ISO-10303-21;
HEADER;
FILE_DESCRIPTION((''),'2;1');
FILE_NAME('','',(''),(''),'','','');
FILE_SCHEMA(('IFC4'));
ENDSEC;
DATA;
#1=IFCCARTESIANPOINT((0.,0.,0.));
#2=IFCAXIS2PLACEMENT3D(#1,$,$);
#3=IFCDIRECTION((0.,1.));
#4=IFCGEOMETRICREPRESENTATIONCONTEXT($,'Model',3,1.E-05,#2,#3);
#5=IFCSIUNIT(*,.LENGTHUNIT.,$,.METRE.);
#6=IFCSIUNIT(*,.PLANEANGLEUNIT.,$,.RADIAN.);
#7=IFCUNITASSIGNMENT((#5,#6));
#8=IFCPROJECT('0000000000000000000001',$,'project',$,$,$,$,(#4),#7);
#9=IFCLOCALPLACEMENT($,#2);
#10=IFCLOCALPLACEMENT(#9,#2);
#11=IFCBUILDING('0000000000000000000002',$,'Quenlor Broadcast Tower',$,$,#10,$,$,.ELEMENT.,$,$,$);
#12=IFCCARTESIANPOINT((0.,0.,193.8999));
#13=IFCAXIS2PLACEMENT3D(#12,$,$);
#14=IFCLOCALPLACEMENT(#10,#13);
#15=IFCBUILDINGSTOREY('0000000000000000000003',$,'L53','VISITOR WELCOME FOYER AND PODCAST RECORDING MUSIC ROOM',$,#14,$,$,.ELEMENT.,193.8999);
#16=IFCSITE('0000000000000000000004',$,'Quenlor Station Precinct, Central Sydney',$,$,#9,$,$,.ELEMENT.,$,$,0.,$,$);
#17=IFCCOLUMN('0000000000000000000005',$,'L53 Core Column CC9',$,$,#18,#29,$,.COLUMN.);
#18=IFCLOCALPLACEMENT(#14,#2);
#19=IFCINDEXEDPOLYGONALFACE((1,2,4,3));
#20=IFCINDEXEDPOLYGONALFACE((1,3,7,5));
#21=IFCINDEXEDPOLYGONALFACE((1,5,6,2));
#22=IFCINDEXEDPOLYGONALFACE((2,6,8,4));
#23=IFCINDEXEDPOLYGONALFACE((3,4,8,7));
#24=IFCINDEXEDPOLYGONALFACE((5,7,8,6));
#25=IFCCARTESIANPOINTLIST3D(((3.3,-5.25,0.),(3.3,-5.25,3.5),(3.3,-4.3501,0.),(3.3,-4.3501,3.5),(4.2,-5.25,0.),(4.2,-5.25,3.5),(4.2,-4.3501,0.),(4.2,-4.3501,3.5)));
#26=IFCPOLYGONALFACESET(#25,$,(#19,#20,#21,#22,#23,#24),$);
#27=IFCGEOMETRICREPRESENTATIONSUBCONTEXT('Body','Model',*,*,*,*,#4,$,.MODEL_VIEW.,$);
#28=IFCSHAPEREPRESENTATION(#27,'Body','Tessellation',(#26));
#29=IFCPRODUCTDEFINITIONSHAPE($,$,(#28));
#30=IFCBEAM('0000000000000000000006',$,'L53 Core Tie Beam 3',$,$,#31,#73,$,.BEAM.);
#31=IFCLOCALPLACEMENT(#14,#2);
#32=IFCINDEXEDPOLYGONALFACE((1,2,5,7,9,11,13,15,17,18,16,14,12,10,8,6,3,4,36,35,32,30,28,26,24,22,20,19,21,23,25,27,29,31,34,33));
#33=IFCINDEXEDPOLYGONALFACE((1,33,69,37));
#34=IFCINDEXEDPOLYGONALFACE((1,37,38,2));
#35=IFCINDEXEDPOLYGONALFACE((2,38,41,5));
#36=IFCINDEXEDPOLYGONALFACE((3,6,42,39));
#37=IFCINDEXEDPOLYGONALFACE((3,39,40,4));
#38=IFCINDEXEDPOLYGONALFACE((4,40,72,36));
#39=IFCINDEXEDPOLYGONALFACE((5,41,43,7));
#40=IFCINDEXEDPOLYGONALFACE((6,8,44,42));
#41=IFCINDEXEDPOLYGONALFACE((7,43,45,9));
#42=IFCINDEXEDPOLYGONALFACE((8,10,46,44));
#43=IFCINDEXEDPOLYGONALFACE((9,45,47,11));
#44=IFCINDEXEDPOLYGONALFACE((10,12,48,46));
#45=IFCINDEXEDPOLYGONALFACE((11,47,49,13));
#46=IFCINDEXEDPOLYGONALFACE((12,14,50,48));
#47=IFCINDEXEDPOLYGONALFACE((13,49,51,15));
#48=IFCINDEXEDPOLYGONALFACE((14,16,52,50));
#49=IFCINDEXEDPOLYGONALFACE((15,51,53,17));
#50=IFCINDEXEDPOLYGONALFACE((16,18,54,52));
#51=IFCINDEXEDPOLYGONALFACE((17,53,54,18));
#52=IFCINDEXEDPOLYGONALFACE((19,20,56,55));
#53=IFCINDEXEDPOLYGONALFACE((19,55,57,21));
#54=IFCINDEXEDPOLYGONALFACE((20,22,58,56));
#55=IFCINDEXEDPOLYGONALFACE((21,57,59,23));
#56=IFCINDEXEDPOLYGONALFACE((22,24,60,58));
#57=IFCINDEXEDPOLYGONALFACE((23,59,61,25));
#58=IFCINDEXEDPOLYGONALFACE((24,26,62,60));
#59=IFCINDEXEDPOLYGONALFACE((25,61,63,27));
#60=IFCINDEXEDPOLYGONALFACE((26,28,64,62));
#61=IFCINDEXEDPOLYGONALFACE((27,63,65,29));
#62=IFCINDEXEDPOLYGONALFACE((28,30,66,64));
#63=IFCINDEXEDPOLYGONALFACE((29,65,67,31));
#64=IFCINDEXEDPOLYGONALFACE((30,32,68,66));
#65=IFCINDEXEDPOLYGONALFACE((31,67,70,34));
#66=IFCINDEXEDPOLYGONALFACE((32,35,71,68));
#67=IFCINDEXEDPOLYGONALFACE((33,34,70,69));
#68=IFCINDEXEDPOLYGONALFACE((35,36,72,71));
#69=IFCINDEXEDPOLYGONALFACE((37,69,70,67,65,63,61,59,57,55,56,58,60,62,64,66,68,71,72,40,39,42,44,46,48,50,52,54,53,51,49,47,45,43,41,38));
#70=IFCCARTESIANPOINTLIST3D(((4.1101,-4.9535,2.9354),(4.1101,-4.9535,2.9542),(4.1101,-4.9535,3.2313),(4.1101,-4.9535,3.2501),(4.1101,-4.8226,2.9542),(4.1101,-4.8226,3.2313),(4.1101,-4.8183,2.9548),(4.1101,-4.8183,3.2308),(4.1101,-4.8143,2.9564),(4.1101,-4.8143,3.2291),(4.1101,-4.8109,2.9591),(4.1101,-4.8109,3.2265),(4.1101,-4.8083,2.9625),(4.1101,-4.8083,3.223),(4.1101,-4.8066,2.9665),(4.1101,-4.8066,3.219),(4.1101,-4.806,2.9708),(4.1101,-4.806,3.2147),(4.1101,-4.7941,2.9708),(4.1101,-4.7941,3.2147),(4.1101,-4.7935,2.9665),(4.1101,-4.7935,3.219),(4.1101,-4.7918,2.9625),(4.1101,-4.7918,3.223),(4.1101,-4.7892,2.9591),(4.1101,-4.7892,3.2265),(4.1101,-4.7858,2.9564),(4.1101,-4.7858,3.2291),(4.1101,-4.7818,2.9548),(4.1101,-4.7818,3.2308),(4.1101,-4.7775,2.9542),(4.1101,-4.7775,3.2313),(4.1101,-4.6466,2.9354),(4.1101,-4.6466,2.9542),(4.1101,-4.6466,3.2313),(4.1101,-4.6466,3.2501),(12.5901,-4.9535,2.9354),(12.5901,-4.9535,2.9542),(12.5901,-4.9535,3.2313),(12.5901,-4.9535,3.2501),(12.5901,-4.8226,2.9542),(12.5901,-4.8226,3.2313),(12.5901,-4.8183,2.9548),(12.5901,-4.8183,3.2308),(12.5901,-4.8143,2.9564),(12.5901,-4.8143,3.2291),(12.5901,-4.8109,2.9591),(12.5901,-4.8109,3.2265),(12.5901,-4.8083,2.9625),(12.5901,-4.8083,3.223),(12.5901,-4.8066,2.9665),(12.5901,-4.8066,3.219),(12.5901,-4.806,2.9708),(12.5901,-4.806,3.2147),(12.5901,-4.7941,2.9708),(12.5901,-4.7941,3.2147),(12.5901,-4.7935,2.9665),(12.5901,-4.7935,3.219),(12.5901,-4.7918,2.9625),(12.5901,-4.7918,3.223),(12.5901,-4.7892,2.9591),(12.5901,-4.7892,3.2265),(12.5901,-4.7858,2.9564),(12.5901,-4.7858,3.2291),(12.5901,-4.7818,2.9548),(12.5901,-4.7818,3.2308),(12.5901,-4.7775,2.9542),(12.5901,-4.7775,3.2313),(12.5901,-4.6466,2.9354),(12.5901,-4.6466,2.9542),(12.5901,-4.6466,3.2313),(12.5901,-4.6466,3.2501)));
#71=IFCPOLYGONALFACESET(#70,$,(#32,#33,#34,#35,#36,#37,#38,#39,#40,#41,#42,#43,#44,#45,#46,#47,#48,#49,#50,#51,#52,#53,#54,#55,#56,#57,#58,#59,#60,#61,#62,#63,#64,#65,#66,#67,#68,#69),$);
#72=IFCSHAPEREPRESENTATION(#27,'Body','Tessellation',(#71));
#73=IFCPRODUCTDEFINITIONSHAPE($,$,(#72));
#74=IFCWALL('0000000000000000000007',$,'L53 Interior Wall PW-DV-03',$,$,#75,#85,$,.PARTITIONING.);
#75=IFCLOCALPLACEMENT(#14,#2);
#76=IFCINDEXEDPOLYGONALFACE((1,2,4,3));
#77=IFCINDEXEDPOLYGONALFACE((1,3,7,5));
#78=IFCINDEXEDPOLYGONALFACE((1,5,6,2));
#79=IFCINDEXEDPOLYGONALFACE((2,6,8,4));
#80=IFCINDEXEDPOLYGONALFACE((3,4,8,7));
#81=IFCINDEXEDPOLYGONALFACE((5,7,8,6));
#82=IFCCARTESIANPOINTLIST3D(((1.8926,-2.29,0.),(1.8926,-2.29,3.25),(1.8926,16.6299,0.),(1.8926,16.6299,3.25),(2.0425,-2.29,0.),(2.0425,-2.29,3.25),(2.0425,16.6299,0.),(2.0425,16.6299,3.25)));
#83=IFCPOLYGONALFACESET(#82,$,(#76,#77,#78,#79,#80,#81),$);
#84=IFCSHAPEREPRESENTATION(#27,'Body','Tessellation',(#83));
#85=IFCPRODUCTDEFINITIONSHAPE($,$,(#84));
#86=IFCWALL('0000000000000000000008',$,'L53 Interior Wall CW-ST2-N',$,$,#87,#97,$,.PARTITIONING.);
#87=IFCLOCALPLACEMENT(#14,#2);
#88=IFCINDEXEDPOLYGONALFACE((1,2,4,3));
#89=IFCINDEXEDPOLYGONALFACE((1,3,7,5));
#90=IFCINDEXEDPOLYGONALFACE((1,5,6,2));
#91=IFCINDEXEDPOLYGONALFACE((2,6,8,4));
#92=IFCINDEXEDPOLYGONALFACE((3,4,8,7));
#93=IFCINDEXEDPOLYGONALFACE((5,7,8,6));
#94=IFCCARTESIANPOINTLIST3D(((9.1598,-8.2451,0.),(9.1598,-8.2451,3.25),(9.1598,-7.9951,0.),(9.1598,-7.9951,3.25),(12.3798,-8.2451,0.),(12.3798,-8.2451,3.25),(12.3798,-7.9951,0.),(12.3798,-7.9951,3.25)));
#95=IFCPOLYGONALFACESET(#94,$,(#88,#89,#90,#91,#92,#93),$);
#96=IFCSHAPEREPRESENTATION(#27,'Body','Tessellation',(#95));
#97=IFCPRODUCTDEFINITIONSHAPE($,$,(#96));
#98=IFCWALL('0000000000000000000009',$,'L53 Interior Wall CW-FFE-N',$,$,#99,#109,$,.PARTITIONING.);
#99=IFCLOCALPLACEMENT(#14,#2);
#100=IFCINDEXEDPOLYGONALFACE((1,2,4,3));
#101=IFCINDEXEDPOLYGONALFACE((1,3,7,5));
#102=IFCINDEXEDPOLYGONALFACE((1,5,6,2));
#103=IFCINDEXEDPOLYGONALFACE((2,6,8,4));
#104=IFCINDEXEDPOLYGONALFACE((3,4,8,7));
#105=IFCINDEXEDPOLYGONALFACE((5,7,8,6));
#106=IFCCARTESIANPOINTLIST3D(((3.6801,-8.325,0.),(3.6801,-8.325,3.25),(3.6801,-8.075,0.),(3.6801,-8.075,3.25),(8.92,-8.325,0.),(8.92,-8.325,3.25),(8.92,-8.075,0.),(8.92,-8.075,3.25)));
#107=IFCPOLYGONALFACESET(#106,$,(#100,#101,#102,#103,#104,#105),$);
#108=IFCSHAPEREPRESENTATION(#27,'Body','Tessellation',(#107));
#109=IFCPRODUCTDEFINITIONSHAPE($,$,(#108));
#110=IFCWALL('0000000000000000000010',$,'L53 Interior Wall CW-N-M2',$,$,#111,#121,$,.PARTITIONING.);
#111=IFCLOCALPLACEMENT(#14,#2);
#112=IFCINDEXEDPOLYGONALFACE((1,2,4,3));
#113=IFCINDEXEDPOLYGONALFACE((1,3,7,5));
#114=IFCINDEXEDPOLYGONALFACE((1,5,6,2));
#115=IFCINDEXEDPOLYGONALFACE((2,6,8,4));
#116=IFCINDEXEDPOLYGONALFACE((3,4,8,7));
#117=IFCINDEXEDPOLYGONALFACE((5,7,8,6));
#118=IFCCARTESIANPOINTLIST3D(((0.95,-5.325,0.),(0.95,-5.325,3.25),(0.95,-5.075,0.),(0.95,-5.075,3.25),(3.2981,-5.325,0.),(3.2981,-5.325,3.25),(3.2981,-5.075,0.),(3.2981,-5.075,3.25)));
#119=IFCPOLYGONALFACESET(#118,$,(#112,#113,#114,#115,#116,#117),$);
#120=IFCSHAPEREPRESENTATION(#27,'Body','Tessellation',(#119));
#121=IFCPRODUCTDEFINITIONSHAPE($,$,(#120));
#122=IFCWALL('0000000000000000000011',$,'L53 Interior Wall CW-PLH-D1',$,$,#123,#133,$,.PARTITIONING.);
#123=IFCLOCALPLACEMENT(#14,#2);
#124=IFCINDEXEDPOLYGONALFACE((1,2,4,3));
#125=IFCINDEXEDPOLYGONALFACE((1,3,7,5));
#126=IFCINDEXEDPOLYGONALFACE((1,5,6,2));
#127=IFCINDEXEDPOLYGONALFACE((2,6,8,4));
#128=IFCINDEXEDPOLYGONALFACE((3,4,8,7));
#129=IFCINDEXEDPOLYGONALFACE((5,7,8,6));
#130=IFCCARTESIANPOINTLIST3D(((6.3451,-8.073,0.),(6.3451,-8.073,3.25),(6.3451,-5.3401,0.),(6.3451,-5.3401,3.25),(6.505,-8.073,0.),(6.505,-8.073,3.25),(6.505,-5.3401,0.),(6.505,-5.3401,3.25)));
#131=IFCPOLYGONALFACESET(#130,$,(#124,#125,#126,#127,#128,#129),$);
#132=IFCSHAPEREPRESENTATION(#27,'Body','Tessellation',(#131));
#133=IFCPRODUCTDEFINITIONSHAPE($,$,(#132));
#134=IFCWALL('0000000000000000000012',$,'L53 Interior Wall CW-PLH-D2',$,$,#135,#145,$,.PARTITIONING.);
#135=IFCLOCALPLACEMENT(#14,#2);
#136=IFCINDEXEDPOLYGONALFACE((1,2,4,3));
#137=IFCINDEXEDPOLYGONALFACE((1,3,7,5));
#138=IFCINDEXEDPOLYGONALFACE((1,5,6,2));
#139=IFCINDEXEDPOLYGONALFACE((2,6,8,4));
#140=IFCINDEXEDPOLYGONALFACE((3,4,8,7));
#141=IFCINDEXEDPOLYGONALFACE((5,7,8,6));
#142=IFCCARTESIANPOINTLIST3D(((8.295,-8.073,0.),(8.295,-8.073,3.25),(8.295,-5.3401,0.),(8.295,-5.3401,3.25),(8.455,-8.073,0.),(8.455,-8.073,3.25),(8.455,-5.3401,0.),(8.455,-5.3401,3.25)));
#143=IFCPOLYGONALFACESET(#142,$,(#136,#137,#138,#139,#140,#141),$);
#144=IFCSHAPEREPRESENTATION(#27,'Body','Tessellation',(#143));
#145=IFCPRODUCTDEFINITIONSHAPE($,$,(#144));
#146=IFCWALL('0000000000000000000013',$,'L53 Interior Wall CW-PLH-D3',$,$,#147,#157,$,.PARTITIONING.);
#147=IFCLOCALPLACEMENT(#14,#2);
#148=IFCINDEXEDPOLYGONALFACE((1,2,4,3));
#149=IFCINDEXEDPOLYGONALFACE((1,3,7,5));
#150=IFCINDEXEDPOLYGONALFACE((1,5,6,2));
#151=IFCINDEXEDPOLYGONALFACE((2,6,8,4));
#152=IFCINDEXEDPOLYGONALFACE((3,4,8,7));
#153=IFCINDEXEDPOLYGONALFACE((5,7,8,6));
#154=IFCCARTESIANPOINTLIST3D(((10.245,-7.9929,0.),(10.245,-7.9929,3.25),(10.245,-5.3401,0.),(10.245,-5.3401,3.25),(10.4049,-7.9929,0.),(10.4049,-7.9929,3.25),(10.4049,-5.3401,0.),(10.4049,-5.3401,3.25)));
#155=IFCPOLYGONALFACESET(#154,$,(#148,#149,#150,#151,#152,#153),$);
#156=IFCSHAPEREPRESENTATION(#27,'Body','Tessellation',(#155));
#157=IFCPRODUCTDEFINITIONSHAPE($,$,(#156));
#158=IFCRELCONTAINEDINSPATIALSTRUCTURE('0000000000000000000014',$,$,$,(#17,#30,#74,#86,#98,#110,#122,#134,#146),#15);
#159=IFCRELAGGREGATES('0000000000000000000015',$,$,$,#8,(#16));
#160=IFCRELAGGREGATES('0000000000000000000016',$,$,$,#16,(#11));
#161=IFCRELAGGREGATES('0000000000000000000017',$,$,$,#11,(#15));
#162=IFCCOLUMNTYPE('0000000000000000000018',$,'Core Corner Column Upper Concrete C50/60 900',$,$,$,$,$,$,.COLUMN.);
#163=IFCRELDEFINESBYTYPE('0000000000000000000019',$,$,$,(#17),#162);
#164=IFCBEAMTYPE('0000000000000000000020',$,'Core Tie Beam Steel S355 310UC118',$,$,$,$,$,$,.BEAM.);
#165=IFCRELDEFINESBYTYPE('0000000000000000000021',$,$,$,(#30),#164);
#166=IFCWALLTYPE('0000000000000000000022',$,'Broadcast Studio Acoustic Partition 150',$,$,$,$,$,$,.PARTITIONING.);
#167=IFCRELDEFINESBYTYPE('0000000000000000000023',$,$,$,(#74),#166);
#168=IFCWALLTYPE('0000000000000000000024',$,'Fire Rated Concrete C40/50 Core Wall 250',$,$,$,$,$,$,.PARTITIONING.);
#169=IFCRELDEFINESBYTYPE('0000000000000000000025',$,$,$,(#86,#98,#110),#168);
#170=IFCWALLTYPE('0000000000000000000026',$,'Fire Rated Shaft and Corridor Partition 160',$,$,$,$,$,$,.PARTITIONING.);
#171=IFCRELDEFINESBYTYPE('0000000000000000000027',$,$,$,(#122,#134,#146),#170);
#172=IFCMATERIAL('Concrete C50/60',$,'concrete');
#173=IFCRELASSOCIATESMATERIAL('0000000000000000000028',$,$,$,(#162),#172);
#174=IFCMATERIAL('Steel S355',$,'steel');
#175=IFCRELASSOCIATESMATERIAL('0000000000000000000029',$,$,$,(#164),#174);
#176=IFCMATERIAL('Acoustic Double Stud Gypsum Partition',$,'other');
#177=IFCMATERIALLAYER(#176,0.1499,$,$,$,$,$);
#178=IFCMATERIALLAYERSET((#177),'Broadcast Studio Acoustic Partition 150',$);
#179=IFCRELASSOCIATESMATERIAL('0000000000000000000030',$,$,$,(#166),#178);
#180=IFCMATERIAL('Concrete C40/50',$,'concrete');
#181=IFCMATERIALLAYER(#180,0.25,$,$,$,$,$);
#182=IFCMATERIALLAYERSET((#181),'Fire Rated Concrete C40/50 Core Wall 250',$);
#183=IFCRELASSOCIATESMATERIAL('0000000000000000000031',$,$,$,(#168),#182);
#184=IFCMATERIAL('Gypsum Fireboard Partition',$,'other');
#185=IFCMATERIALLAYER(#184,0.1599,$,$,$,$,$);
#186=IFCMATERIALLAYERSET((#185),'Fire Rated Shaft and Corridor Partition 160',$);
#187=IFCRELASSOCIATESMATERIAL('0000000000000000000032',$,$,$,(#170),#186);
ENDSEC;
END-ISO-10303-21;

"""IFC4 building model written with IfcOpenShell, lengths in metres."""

from ifc_helpers import new_model, si_unit, direction, frame, frame_2d, origin, origin_2d, place, context, subcontext, project, spatial, rectangle, i_section, extrude, material, layer, layer_set, material_profile, profile_set, type_object, element, save


model = new_model("IFC4")

# Units and contexts
model_context = context("Model", 3, precision=1e-05, world=origin(), true_north=direction((0.0, 1.0)))
body_context = subcontext(model_context, "Body", "Model", "MODEL_VIEW")
ifc_project = project(units=[si_unit("LENGTHUNIT", "METRE"), si_unit("PLANEANGLEUNIT", "RADIAN")], contexts=[model_context])

# Site, building, storey
site_placement = place(None, origin())
site = spatial("IfcSite", under=ifc_project, at=site_placement, Name="Quenlor Station Precinct, Central Sydney", CompositionType="ELEMENT", RefElevation=0.0)
building_placement = place(site_placement, origin())
building = spatial("IfcBuilding", under=site, at=building_placement, Name="Quenlor Broadcast Tower", CompositionType="ELEMENT")
storey_placement = place(building_placement, frame((0.0, 0.0, 193.8999)))
storey = spatial("IfcBuildingStorey", under=building, at=storey_placement, Name="L53", Description="VISITOR WELCOME FOYER AND PODCAST RECORDING MUSIC ROOM", CompositionType="ELEMENT", Elevation=193.8999)

# Column
ifc_material_1 = material(Name="Concrete C50/60", Category="concrete")
ifc_material_profile_1 = material_profile(ifc_material_1, rectangle(XDim=0.8999, YDim=0.8999, at=origin_2d()))
ifc_profile_set_1 = profile_set([ifc_material_profile_1], Name="Concrete C50/60 RC900x900")
column_type = type_object("IfcColumnType", Name="Core Corner Column Upper Concrete C50/60 900", PredefinedType="COLUMN", material=ifc_profile_set_1)
column_placement = place(storey_placement, frame((3.75, -4.8, 0.0), z_axis=(0.0, 0.0, 1.0), x_axis=(1.0, 0.0, 0.0)))
element("IfcColumn", 1, at=column_placement, inside=storey, type_object=column_type, Name="L53 Core Column CC9", PredefinedType="COLUMN", context=body_context, shape_type="SweptSolid", body=[
    extrude(rectangle(XDim=0.8999, YDim=0.8999, at=origin_2d()), origin(), (0.0, 0.0, 1.0), 3.5),
])

# Beam
ifc_material_2 = material(Name="Steel S355", Category="steel")
ifc_material_profile_2 = material_profile(ifc_material_2, i_section(OverallWidth=0.3069, OverallDepth=0.3147, WebThickness=0.012, FlangeThickness=0.0188, FilletRadius=0.0166, at=origin_2d()))
ifc_profile_set_2 = profile_set([ifc_material_profile_2], Name="Steel S355 310UC118")
beam_type = type_object("IfcBeamType", Name="Core Tie Beam Steel S355 310UC118", PredefinedType="BEAM", material=ifc_profile_set_2)
beam_placement = place(storey_placement, frame((4.1101, -4.8, 3.0928), z_axis=(1.0, 0.0, 0.0), x_axis=(0.0, 1.0, 0.0)))
element("IfcBeam", 2, at=beam_placement, inside=storey, type_object=beam_type, Name="L53 Core Tie Beam 3", PredefinedType="BEAM", context=body_context, shape_type="SweptSolid", body=[
    extrude(i_section(OverallWidth=0.3069, OverallDepth=0.3147, WebThickness=0.012, FlangeThickness=0.0188, FilletRadius=0.0166, at=origin_2d()), origin(), (0.0, 0.0, 1.0), 8.48),
])

# Walls
ifc_material_3 = material(Name="Acoustic Double Stud Gypsum Partition", Category="other")
ifc_layer_1 = layer(ifc_material_3, 0.1499)
ifc_layer_set_1 = layer_set([ifc_layer_1], Name="Broadcast Studio Acoustic Partition 150")
wall_type_1 = type_object("IfcWallType", Name="Broadcast Studio Acoustic Partition 150", PredefinedType="PARTITIONING", material=ifc_layer_set_1)
wall_1_placement = place(storey_placement, frame((1.9675, -2.29, 0.0), z_axis=(0.0, 0.0, 1.0), x_axis=(0.0, 1.0, 0.0)))
element("IfcWall", 3, at=wall_1_placement, inside=storey, type_object=wall_type_1, Name="L53 Interior Wall PW-DV-03", PredefinedType="PARTITIONING", context=body_context, shape_type="SweptSolid", body=[
    extrude(rectangle(XDim=18.9199, YDim=0.1499, at=frame_2d((9.46, 0.0))), origin(), (0.0, 0.0, 1.0), 3.25),
])
ifc_material_4 = material(Name="Concrete C40/50", Category="concrete")
ifc_layer_2 = layer(ifc_material_4, 0.25)
ifc_layer_set_2 = layer_set([ifc_layer_2], Name="Fire Rated Concrete C40/50 Core Wall 250")
wall_type_2 = type_object("IfcWallType", Name="Fire Rated Concrete C40/50 Core Wall 250", PredefinedType="PARTITIONING", material=ifc_layer_set_2)
wall_2_placement = place(storey_placement, frame((9.1599, -8.1201, 0.0), z_axis=(0.0, 0.0, 1.0), x_axis=(1.0, 0.0, 0.0)))
element("IfcWall", 4, at=wall_2_placement, inside=storey, type_object=wall_type_2, Name="L53 Interior Wall CW-ST2-N", PredefinedType="PARTITIONING", context=body_context, shape_type="SweptSolid", body=[
    extrude(rectangle(XDim=3.22, YDim=0.25, at=frame_2d((1.6099, 0.0))), origin(), (0.0, 0.0, 1.0), 3.25),
])
wall_3_placement = place(storey_placement, frame((3.6799, -8.2, 0.0), z_axis=(0.0, 0.0, 1.0), x_axis=(1.0, 0.0, 0.0)))
element("IfcWall", 5, at=wall_3_placement, inside=storey, type_object=wall_type_2, Name="L53 Interior Wall CW-FFE-N", PredefinedType="PARTITIONING", context=body_context, shape_type="SweptSolid", body=[
    extrude(rectangle(XDim=5.24, YDim=0.25, at=frame_2d((2.6201, 0.0))), origin(), (0.0, 0.0, 1.0), 3.25),
])

# Walls
wall_4_placement = place(storey_placement, frame((0.95, -5.2, 0.0), z_axis=(0.0, 0.0, 1.0), x_axis=(1.0, 0.0, 0.0)))
element("IfcWall", 6, at=wall_4_placement, inside=storey, type_object=wall_type_2, Name="L53 Interior Wall CW-N-M2", PredefinedType="PARTITIONING", context=body_context, shape_type="SweptSolid", body=[
    extrude(rectangle(XDim=2.3481, YDim=0.25, at=frame_2d((1.1741, 0.0))), origin(), (0.0, 0.0, 1.0), 3.25),
])
ifc_material_5 = material(Name="Gypsum Fireboard Partition", Category="other")
ifc_layer_3 = layer(ifc_material_5, 0.1599)
ifc_layer_set_3 = layer_set([ifc_layer_3], Name="Fire Rated Shaft and Corridor Partition 160")
wall_type_3 = type_object("IfcWallType", Name="Fire Rated Shaft and Corridor Partition 160", PredefinedType="PARTITIONING", material=ifc_layer_set_3)
for number, where, z_axis, x_axis, name in (
    (7, (6.425, -8.073, 0.0), (0.0, 0.0, 1.0), (0.0, 1.0, 0.0), "L53 Interior Wall CW-PLH-D1"),
    (8, (8.375, -8.073, 0.0), (0.0, 0.0, 1.0), (0.0, 1.0, 0.0), "L53 Interior Wall CW-PLH-D2"),
):
    element("IfcWall", number, at=place(storey_placement, frame(where, z_axis=z_axis, x_axis=x_axis)), inside=storey, type_object=wall_type_3, Name=name, PredefinedType="PARTITIONING", context=body_context, shape_type="SweptSolid", body=[
        extrude(rectangle(XDim=2.7329, YDim=0.1599, at=frame_2d((1.3665, 0.0))), origin(), (0.0, 0.0, 1.0), 3.25),
    ])
wall_5_placement = place(storey_placement, frame((10.325, -7.9929, 0.0), z_axis=(0.0, 0.0, 1.0), x_axis=(0.0, 1.0, 0.0)))
element("IfcWall", 9, at=wall_5_placement, inside=storey, type_object=wall_type_3, Name="L53 Interior Wall CW-PLH-D3", PredefinedType="PARTITIONING", context=body_context, shape_type="SweptSolid", body=[
    extrude(rectangle(XDim=2.6528, YDim=0.1599, at=frame_2d((1.3264, 0.0))), origin(), (0.0, 0.0, 1.0), 3.25),
])

save(model, "model.ifc")
